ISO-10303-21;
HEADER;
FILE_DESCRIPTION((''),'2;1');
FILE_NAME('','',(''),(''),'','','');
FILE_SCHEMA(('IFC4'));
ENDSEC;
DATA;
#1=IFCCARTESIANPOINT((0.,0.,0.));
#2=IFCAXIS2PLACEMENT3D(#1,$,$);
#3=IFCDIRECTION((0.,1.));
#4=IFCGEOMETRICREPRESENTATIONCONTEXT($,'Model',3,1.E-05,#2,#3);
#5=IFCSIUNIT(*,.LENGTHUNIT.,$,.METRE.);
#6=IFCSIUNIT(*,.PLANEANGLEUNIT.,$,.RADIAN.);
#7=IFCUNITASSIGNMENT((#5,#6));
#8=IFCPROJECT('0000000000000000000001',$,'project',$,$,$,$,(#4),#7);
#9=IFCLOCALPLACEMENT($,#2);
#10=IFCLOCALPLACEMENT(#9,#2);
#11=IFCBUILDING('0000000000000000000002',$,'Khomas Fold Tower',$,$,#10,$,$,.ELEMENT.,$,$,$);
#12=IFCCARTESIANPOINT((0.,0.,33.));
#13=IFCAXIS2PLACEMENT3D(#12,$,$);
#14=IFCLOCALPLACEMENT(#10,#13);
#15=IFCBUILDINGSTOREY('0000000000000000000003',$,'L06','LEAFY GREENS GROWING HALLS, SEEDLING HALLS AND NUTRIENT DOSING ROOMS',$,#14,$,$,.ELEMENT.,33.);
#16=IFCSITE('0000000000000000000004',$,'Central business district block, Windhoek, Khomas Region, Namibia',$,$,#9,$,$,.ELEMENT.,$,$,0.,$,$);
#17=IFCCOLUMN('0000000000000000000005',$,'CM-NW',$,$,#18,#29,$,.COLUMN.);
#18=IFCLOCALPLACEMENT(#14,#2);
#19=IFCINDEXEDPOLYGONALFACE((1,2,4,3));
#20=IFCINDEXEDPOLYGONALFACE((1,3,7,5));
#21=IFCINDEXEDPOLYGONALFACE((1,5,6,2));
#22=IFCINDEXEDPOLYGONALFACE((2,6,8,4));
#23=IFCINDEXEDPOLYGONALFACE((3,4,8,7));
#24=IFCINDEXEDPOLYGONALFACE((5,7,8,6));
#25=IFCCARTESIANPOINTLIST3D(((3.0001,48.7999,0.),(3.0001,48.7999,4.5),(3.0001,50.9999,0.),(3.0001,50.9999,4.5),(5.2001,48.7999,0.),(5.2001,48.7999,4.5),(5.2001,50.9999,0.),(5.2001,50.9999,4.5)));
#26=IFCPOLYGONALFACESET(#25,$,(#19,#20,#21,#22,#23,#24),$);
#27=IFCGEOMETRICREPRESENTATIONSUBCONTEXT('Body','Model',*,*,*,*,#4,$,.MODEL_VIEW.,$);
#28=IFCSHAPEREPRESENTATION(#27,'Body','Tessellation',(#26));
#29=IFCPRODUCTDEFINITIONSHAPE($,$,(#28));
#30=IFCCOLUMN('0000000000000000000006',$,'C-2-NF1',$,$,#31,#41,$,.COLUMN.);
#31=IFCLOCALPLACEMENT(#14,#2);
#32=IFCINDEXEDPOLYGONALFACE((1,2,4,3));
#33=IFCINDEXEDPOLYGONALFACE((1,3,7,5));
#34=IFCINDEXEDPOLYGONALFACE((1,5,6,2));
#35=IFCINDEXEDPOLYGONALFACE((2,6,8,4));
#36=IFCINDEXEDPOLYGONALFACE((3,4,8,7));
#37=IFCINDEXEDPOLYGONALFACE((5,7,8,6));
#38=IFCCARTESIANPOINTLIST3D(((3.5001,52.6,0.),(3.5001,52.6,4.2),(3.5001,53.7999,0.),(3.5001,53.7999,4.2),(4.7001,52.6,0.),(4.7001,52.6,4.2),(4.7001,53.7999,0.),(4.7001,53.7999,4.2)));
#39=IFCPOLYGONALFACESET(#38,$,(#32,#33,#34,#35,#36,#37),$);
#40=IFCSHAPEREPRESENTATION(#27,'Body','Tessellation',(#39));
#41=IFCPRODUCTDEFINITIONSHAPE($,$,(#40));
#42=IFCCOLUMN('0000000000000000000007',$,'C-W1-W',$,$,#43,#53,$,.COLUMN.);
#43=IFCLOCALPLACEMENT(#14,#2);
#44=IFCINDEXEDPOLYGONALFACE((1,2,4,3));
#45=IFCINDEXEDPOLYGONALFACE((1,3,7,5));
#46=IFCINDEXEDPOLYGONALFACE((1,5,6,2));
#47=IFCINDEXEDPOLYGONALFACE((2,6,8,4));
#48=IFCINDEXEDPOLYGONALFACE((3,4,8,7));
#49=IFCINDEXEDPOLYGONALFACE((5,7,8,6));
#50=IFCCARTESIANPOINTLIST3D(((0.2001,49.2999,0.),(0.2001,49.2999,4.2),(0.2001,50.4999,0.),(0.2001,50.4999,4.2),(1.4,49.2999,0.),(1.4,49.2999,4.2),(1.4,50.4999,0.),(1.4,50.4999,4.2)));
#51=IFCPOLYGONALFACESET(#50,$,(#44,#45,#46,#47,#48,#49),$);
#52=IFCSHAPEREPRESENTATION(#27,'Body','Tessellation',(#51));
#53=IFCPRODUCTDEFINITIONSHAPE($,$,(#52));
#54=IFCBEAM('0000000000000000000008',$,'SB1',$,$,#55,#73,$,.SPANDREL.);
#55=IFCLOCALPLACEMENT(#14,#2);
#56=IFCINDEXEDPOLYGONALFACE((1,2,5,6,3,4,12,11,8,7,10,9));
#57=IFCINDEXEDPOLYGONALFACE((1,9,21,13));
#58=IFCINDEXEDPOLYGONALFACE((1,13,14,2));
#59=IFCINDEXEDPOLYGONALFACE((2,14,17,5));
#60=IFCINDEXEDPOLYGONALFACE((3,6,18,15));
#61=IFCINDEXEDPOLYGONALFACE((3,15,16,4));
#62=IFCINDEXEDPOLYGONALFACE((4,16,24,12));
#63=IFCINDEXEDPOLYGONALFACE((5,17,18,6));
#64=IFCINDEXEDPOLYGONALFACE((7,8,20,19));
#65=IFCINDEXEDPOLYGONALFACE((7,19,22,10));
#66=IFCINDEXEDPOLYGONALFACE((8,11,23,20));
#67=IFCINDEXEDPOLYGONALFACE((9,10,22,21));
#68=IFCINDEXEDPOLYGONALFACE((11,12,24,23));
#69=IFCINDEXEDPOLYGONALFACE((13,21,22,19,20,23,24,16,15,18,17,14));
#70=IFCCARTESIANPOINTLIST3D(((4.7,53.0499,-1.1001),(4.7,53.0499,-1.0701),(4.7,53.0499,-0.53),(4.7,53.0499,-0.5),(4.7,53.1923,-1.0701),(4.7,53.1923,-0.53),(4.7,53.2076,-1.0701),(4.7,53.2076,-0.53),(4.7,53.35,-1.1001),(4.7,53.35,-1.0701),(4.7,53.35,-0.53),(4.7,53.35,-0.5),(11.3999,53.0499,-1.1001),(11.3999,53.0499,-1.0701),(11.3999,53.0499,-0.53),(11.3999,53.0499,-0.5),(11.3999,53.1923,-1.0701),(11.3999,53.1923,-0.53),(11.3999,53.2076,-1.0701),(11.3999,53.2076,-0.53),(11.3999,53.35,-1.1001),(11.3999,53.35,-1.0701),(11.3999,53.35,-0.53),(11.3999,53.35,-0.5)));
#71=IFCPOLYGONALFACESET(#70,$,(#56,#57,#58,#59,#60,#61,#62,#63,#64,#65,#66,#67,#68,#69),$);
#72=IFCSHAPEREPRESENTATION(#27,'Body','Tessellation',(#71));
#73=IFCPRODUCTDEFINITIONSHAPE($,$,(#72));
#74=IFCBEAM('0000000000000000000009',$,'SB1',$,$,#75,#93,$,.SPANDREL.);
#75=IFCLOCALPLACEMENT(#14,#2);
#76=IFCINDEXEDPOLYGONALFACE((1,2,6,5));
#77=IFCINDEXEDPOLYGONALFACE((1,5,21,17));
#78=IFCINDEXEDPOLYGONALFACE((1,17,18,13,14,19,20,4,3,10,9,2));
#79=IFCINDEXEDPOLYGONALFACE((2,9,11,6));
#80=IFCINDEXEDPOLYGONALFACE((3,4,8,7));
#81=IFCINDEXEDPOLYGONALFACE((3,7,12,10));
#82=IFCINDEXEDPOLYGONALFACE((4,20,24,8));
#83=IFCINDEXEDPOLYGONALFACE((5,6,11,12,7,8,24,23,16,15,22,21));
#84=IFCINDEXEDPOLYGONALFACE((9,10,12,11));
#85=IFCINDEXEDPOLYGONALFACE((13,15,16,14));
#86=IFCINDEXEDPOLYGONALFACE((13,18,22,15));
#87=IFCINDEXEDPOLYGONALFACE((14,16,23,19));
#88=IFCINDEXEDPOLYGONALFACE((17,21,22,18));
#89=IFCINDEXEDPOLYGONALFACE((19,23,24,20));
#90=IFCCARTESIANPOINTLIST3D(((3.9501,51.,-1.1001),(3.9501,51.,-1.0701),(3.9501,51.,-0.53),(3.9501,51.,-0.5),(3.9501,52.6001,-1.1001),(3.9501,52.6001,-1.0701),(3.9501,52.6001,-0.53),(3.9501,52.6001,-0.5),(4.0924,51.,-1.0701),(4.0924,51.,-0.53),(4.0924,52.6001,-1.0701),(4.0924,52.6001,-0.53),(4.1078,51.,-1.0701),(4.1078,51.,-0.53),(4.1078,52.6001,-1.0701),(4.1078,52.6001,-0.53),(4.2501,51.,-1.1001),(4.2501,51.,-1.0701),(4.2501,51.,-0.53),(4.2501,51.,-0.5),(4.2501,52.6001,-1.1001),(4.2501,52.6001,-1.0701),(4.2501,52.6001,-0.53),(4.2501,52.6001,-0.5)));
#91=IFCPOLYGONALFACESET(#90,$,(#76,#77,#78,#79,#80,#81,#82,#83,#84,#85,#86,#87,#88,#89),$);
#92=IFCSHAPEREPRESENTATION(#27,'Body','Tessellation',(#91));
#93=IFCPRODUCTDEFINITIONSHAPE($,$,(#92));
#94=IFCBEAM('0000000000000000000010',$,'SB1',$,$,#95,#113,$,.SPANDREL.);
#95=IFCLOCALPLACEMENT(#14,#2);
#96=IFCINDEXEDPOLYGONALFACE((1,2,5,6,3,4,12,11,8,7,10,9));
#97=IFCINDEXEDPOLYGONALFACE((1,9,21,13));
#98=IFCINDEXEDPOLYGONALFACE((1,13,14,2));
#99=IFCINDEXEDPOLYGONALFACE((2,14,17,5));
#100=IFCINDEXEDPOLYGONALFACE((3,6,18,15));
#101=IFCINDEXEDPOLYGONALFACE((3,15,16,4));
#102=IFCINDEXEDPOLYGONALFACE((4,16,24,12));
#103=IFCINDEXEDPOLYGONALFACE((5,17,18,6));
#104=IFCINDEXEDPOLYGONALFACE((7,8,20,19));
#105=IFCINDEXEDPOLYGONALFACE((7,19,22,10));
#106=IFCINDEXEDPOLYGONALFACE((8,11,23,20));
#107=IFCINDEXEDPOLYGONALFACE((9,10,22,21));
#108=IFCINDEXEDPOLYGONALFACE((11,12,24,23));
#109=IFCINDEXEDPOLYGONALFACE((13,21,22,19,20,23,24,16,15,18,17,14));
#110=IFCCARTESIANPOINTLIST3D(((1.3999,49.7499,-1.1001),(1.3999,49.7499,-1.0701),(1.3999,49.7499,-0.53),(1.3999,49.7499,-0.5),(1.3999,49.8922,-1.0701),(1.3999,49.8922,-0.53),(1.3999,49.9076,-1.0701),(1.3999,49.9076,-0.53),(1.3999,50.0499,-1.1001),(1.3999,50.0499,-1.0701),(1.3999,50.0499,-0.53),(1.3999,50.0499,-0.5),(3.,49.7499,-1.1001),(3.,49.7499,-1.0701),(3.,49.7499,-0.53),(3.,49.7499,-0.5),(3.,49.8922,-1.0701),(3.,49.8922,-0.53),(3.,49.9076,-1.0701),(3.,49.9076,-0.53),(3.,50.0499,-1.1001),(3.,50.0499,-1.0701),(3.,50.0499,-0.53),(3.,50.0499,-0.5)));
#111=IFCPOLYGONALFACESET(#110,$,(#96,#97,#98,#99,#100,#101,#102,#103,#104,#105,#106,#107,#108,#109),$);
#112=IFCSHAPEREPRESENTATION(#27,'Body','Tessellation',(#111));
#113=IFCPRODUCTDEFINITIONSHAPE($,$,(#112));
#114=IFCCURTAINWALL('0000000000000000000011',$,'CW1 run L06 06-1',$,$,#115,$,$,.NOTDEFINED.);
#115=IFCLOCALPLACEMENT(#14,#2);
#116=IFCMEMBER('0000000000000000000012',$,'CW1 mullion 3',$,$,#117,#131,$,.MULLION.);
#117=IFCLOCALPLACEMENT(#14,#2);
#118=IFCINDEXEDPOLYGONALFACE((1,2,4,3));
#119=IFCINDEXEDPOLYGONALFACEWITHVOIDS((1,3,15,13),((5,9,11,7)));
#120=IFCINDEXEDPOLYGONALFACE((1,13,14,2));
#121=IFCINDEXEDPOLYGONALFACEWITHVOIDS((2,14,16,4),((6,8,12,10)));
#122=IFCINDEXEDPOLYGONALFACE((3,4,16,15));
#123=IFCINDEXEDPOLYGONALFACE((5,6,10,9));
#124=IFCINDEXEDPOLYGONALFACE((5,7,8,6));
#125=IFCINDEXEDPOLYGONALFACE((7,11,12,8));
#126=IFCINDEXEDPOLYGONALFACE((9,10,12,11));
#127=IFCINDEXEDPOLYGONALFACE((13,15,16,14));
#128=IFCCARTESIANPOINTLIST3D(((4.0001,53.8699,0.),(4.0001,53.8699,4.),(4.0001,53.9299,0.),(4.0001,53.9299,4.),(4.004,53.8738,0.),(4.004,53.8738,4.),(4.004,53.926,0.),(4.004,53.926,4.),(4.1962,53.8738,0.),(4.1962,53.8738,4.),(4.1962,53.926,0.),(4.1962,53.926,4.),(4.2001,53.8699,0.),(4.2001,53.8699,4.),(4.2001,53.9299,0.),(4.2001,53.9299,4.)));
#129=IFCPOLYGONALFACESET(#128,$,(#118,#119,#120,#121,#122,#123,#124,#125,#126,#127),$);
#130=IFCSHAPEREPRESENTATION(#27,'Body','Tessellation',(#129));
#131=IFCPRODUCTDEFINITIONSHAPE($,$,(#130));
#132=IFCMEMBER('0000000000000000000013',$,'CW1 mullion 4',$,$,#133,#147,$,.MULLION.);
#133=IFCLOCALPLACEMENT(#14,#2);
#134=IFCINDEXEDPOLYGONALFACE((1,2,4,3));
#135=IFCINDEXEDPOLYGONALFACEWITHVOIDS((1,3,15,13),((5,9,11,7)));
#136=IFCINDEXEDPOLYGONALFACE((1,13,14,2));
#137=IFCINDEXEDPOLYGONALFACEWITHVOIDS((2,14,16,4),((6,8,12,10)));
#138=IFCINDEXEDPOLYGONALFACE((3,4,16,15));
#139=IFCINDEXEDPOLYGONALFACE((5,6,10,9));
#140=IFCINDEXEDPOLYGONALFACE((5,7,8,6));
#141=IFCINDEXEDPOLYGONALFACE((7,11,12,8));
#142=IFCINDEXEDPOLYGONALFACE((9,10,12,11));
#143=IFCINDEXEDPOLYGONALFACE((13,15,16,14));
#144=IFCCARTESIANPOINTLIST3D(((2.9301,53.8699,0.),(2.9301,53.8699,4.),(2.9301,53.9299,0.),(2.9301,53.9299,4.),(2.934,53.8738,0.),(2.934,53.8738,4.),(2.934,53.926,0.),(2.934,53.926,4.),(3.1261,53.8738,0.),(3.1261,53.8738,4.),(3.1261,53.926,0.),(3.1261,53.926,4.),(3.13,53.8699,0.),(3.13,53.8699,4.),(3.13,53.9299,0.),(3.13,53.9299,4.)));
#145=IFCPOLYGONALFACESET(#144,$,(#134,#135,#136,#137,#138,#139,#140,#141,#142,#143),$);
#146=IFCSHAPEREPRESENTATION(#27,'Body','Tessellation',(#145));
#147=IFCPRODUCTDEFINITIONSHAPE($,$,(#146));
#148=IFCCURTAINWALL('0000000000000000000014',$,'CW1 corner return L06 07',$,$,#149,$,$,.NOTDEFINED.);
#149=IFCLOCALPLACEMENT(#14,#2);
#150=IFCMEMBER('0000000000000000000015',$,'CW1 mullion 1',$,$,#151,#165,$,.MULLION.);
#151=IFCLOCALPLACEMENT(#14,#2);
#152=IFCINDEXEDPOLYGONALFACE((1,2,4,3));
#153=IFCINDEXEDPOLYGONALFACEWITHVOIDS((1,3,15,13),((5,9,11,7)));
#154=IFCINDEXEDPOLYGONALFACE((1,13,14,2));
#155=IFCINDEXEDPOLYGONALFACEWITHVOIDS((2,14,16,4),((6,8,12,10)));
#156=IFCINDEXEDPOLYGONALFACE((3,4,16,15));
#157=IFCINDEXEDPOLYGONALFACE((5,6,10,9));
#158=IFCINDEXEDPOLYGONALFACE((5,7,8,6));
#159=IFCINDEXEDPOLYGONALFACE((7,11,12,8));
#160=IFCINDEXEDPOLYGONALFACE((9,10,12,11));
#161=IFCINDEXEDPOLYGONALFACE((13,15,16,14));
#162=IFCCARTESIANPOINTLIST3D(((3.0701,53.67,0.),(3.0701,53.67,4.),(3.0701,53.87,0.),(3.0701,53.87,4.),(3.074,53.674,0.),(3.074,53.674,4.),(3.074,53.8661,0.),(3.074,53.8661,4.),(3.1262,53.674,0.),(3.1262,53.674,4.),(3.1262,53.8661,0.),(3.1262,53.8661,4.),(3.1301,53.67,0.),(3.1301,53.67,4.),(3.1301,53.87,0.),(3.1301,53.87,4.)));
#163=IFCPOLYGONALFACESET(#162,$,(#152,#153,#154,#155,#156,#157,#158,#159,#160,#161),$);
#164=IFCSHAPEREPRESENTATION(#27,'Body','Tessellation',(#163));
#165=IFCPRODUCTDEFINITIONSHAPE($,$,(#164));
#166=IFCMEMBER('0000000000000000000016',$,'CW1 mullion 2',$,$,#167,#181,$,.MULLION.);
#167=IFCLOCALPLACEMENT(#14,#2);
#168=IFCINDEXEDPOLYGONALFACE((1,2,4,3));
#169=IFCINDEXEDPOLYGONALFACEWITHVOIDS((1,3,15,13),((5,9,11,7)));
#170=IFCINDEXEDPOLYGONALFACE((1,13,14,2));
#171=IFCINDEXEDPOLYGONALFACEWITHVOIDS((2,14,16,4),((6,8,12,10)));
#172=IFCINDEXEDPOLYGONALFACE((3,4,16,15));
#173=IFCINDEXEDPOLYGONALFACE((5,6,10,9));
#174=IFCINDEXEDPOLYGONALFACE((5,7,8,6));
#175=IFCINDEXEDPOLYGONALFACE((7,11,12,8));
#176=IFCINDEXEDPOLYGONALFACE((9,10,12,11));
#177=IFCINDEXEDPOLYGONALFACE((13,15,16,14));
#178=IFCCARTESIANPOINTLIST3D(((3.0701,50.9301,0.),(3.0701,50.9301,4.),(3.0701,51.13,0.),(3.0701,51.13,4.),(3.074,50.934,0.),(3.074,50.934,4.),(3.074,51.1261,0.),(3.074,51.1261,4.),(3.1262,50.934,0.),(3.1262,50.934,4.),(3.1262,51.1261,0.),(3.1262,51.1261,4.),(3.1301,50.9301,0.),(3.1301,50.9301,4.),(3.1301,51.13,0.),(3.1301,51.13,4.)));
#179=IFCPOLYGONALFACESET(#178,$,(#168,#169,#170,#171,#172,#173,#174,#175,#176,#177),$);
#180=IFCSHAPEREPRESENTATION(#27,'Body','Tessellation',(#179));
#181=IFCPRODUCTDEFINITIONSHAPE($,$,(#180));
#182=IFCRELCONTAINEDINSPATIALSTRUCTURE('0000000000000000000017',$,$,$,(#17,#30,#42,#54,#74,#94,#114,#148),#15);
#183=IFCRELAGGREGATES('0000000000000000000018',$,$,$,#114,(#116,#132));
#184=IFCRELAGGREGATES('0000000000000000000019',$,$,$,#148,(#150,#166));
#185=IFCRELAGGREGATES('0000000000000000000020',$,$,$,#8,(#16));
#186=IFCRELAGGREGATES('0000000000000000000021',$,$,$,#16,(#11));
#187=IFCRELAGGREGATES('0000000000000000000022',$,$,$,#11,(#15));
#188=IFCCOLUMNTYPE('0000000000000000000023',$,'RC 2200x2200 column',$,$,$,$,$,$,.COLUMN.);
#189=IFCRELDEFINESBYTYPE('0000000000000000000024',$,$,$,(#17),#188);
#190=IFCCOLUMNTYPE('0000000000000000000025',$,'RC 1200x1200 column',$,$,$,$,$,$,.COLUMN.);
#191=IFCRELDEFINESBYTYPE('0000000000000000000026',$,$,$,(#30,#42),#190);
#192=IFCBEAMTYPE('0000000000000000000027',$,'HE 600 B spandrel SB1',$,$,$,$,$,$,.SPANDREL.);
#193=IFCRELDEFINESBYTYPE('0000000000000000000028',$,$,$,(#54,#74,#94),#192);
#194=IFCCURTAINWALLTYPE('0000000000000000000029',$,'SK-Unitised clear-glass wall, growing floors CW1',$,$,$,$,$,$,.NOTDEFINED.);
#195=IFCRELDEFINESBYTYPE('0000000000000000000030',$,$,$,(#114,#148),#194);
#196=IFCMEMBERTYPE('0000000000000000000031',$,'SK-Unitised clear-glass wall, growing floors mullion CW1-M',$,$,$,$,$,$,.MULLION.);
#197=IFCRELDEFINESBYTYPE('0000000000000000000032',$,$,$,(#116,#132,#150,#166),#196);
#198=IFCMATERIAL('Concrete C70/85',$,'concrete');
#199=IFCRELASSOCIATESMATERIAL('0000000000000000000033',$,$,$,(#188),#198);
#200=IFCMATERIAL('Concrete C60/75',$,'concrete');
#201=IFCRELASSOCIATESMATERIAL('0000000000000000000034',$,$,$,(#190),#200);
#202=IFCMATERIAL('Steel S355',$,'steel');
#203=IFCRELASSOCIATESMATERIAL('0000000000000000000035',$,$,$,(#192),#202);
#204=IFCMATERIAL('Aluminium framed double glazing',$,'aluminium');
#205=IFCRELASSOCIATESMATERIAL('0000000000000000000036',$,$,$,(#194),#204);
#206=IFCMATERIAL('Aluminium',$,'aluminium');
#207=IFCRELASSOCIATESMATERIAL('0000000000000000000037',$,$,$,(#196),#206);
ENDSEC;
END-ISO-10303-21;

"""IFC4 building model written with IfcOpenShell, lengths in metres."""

from ifc_helpers import new_model, si_unit, direction, frame, origin, origin_2d, place, context, subcontext, project, spatial, rectangle, hollow_rectangle, i_section, extrude, source, transform, mapped, material, material_profile, profile_set, type_object, element, aggregate, save


model = new_model("IFC4")

# Units and contexts
model_context = context("Model", 3, precision=1e-05, world=origin(), true_north=direction((0.0, 1.0)))
body_context = subcontext(model_context, "Body", "Model", "MODEL_VIEW")
ifc_project = project(units=[si_unit("LENGTHUNIT", "METRE"), si_unit("PLANEANGLEUNIT", "RADIAN")], contexts=[model_context])

# Site, building, storey
site_placement = place(None, origin())
site = spatial("IfcSite", under=ifc_project, at=site_placement, Name="Central business district block, Windhoek, Khomas Region, Namibia", CompositionType="ELEMENT", RefElevation=0.0)
building_placement = place(site_placement, origin())
building = spatial("IfcBuilding", under=site, at=building_placement, Name="Khomas Fold Tower", CompositionType="ELEMENT")
storey_placement = place(building_placement, frame((0.0, 0.0, 33.0)))
storey = spatial("IfcBuildingStorey", under=building, at=storey_placement, Name="L06", Description="LEAFY GREENS GROWING HALLS, SEEDLING HALLS AND NUTRIENT DOSING ROOMS", CompositionType="ELEMENT", Elevation=33.0)

# Columns
ifc_material_1 = material(Name="Concrete C70/85", Category="concrete")
ifc_material_profile_1 = material_profile(ifc_material_1, rectangle(XDim=2.2, YDim=2.2, at=origin_2d()), Name="RC 2200x2200")
ifc_profile_set_1 = profile_set([ifc_material_profile_1], Name="Concrete C70/85")
column_type_1 = type_object("IfcColumnType", Name="RC 2200x2200 column", PredefinedType="COLUMN", material=ifc_profile_set_1)
shared_shape_1 = source(origin(), body_context, "Body", "SweptSolid", [
    extrude(rectangle(XDim=2.2, YDim=2.2, at=origin_2d()), origin(), (0.0, 0.0, 1.0), 4.5),
])
column_placement = place(storey_placement, frame((4.1001, 49.8999, 0.0), z_axis=(0.0, 0.0, 1.0), x_axis=(1.0, 0.0, 0.0)))
element("IfcColumn", 1, at=column_placement, inside=storey, type_object=column_type_1, Name="CM-NW", PredefinedType="COLUMN", context=body_context, shape_type="MappedRepresentation", body=[
    mapped(shared_shape_1, transform((0.0, 0.0, 0.0))),
])
ifc_material_2 = material(Name="Concrete C60/75", Category="concrete")
ifc_material_profile_2 = material_profile(ifc_material_2, rectangle(XDim=1.2, YDim=1.2, at=origin_2d()), Name="RC 1200x1200")
ifc_profile_set_2 = profile_set([ifc_material_profile_2], Name="Concrete C60/75")
column_type_2 = type_object("IfcColumnType", Name="RC 1200x1200 column", PredefinedType="COLUMN", material=ifc_profile_set_2)
shared_shape_2 = source(origin(), body_context, "Body", "SweptSolid", [
    extrude(rectangle(XDim=1.2, YDim=1.2, at=origin_2d()), origin(), (0.0, 0.0, 1.0), 4.2),
])
for number, where, z_axis, x_axis, name in (
    (2, (4.1001, 53.2, 0.0), (0.0, 0.0, 1.0), (1.0, 0.0, 0.0), "C-2-NF1"),
    (3, (0.8, 49.8999, 0.0), (0.0, 0.0, 1.0), (1.0, 0.0, 0.0), "C-W1-W"),
):
    element("IfcColumn", number, at=place(storey_placement, frame(where, z_axis=z_axis, x_axis=x_axis)), inside=storey, type_object=column_type_2, Name=name, PredefinedType="COLUMN", context=body_context, shape_type="MappedRepresentation", body=[
        mapped(shared_shape_2, transform((0.0, 0.0, 0.0))),
    ])

# Beams
ifc_material_3 = material(Name="Steel S355", Category="steel")
ifc_material_profile_3 = material_profile(ifc_material_3, i_section(OverallWidth=0.3, OverallDepth=0.6001, WebThickness=0.0154, FlangeThickness=0.03, at=origin_2d()), Name="HE 600 B")
ifc_profile_set_3 = profile_set([ifc_material_profile_3], Name="Steel S355")
beam_type = type_object("IfcBeamType", Name="HE 600 B spandrel SB1", PredefinedType="SPANDREL", material=ifc_profile_set_3)
shared_shape_3 = source(origin(), body_context, "Body", "SweptSolid", [
    extrude(i_section(OverallWidth=0.3, OverallDepth=0.6001, WebThickness=0.0154, FlangeThickness=0.03, at=origin_2d()), origin(), (0.0, 0.0, 1.0), 6.7),
])
beam_placement = place(storey_placement, frame((4.7, 53.2, -0.8), z_axis=(1.0, 0.0, 0.0), x_axis=(0.0, 1.0, 0.0)))
element("IfcBeam", 4, at=beam_placement, inside=storey, type_object=beam_type, Name="SB1", PredefinedType="SPANDREL", context=body_context, shape_type="MappedRepresentation", body=[
    mapped(shared_shape_3, transform((0.0, 0.0, 0.0))),
])
shared_shape_4 = source(origin(), body_context, "Body", "SweptSolid", [
    extrude(i_section(OverallWidth=0.3, OverallDepth=0.6001, WebThickness=0.0154, FlangeThickness=0.03, at=origin_2d()), origin(), (0.0, 0.0, 1.0), 1.6001),
])
for number, where, z_axis, x_axis, name in (
    (5, (4.1001, 51.0, -0.8), (0.0, 1.0, 0.0), (-1.0, 0.0, 0.0), "SB1"),
    (6, (1.3999, 49.8999, -0.8), (1.0, 0.0, 0.0), (0.0, 1.0, 0.0), "SB1"),
):
    element("IfcBeam", number, at=place(storey_placement, frame(where, z_axis=z_axis, x_axis=x_axis)), inside=storey, type_object=beam_type, Name=name, PredefinedType="SPANDREL", context=body_context, shape_type="MappedRepresentation", body=[
        mapped(shared_shape_4, transform((0.0, 0.0, 0.0))),
    ])

# Curtain walls, members
ifc_material_4 = material(Name="Aluminium framed double glazing", Category="aluminium")
curtain_wall_type = type_object("IfcCurtainWallType", Name="SK-Unitised clear-glass wall, growing floors CW1", PredefinedType="NOTDEFINED", material=ifc_material_4)
curtain_wall_1_placement = place(storey_placement, origin())
curtain_wall_1 = element("IfcCurtainWall", 7, at=curtain_wall_1_placement, inside=storey, type_object=curtain_wall_type, Name="CW1 run L06 06-1", PredefinedType="NOTDEFINED")
ifc_material_5 = material(Name="Aluminium", Category="aluminium")
ifc_material_profile_4 = material_profile(ifc_material_5, hollow_rectangle(XDim=0.0601, YDim=0.2, WallThickness=0.0039, at=origin_2d()), Name="SK-Unitised clear-glass wall, growing floors mullion CW1-M")
ifc_profile_set_4 = profile_set([ifc_material_profile_4], Name="Aluminium")
member_type_1 = type_object("IfcMemberType", Name="SK-Unitised clear-glass wall, growing floors mullion CW1-M", PredefinedType="MULLION", material=ifc_profile_set_4)
shared_shape_5 = source(origin(), body_context, "Body", "SweptSolid", [
    extrude(hollow_rectangle(XDim=0.0601, YDim=0.2, WallThickness=0.0039, at=origin_2d()), origin(), (0.0, 0.0, 1.0), 4.0),
])
member_1_placement = place(storey_placement, frame((4.1001, 53.8999, 0.0), z_axis=(0.0, 0.0, 1.0), x_axis=(0.0, -1.0, 0.0)))
member_1 = element("IfcMember", 8, at=member_1_placement, type_object=member_type_1, Name="CW1 mullion 3", PredefinedType="MULLION", context=body_context, shape_type="MappedRepresentation", body=[
    mapped(shared_shape_5, transform((0.0, 0.0, 0.0))),
])
member_2_placement = place(storey_placement, frame((3.03, 53.8999, 0.0), z_axis=(0.0, 0.0, 1.0), x_axis=(0.0, -1.0, 0.0)))
member_2 = element("IfcMember", 9, at=member_2_placement, type_object=member_type_1, Name="CW1 mullion 4", PredefinedType="MULLION", context=body_context, shape_type="MappedRepresentation", body=[
    mapped(shared_shape_5, transform((0.0, 0.0, 0.0))),
])
curtain_wall_2_placement = place(storey_placement, origin())
curtain_wall_2 = element("IfcCurtainWall", 10, at=curtain_wall_2_placement, inside=storey, type_object=curtain_wall_type, Name="CW1 corner return L06 07", PredefinedType="NOTDEFINED")
member_3_placement = place(storey_placement, frame((3.1001, 53.77, 0.0), z_axis=(0.0, 0.0, 1.0), x_axis=(1.0, 0.0, 0.0)))
member_3 = element("IfcMember", 11, at=member_3_placement, type_object=member_type_1, Name="CW1 mullion 1", PredefinedType="MULLION", context=body_context, shape_type="MappedRepresentation", body=[
    mapped(shared_shape_5, transform((0.0, 0.0, 0.0))),
])
member_4_placement = place(storey_placement, frame((3.1001, 51.03, 0.0), z_axis=(0.0, 0.0, 1.0), x_axis=(1.0, 0.0, 0.0)))
member_4 = element("IfcMember", 12, at=member_4_placement, type_object=member_type_1, Name="CW1 mullion 2", PredefinedType="MULLION", context=body_context, shape_type="MappedRepresentation", body=[
    mapped(shared_shape_5, transform((0.0, 0.0, 0.0))),
])

aggregate(curtain_wall_1, [member_1, member_2])
aggregate(curtain_wall_2, [member_3, member_4])

save(model, "model.ifc")
